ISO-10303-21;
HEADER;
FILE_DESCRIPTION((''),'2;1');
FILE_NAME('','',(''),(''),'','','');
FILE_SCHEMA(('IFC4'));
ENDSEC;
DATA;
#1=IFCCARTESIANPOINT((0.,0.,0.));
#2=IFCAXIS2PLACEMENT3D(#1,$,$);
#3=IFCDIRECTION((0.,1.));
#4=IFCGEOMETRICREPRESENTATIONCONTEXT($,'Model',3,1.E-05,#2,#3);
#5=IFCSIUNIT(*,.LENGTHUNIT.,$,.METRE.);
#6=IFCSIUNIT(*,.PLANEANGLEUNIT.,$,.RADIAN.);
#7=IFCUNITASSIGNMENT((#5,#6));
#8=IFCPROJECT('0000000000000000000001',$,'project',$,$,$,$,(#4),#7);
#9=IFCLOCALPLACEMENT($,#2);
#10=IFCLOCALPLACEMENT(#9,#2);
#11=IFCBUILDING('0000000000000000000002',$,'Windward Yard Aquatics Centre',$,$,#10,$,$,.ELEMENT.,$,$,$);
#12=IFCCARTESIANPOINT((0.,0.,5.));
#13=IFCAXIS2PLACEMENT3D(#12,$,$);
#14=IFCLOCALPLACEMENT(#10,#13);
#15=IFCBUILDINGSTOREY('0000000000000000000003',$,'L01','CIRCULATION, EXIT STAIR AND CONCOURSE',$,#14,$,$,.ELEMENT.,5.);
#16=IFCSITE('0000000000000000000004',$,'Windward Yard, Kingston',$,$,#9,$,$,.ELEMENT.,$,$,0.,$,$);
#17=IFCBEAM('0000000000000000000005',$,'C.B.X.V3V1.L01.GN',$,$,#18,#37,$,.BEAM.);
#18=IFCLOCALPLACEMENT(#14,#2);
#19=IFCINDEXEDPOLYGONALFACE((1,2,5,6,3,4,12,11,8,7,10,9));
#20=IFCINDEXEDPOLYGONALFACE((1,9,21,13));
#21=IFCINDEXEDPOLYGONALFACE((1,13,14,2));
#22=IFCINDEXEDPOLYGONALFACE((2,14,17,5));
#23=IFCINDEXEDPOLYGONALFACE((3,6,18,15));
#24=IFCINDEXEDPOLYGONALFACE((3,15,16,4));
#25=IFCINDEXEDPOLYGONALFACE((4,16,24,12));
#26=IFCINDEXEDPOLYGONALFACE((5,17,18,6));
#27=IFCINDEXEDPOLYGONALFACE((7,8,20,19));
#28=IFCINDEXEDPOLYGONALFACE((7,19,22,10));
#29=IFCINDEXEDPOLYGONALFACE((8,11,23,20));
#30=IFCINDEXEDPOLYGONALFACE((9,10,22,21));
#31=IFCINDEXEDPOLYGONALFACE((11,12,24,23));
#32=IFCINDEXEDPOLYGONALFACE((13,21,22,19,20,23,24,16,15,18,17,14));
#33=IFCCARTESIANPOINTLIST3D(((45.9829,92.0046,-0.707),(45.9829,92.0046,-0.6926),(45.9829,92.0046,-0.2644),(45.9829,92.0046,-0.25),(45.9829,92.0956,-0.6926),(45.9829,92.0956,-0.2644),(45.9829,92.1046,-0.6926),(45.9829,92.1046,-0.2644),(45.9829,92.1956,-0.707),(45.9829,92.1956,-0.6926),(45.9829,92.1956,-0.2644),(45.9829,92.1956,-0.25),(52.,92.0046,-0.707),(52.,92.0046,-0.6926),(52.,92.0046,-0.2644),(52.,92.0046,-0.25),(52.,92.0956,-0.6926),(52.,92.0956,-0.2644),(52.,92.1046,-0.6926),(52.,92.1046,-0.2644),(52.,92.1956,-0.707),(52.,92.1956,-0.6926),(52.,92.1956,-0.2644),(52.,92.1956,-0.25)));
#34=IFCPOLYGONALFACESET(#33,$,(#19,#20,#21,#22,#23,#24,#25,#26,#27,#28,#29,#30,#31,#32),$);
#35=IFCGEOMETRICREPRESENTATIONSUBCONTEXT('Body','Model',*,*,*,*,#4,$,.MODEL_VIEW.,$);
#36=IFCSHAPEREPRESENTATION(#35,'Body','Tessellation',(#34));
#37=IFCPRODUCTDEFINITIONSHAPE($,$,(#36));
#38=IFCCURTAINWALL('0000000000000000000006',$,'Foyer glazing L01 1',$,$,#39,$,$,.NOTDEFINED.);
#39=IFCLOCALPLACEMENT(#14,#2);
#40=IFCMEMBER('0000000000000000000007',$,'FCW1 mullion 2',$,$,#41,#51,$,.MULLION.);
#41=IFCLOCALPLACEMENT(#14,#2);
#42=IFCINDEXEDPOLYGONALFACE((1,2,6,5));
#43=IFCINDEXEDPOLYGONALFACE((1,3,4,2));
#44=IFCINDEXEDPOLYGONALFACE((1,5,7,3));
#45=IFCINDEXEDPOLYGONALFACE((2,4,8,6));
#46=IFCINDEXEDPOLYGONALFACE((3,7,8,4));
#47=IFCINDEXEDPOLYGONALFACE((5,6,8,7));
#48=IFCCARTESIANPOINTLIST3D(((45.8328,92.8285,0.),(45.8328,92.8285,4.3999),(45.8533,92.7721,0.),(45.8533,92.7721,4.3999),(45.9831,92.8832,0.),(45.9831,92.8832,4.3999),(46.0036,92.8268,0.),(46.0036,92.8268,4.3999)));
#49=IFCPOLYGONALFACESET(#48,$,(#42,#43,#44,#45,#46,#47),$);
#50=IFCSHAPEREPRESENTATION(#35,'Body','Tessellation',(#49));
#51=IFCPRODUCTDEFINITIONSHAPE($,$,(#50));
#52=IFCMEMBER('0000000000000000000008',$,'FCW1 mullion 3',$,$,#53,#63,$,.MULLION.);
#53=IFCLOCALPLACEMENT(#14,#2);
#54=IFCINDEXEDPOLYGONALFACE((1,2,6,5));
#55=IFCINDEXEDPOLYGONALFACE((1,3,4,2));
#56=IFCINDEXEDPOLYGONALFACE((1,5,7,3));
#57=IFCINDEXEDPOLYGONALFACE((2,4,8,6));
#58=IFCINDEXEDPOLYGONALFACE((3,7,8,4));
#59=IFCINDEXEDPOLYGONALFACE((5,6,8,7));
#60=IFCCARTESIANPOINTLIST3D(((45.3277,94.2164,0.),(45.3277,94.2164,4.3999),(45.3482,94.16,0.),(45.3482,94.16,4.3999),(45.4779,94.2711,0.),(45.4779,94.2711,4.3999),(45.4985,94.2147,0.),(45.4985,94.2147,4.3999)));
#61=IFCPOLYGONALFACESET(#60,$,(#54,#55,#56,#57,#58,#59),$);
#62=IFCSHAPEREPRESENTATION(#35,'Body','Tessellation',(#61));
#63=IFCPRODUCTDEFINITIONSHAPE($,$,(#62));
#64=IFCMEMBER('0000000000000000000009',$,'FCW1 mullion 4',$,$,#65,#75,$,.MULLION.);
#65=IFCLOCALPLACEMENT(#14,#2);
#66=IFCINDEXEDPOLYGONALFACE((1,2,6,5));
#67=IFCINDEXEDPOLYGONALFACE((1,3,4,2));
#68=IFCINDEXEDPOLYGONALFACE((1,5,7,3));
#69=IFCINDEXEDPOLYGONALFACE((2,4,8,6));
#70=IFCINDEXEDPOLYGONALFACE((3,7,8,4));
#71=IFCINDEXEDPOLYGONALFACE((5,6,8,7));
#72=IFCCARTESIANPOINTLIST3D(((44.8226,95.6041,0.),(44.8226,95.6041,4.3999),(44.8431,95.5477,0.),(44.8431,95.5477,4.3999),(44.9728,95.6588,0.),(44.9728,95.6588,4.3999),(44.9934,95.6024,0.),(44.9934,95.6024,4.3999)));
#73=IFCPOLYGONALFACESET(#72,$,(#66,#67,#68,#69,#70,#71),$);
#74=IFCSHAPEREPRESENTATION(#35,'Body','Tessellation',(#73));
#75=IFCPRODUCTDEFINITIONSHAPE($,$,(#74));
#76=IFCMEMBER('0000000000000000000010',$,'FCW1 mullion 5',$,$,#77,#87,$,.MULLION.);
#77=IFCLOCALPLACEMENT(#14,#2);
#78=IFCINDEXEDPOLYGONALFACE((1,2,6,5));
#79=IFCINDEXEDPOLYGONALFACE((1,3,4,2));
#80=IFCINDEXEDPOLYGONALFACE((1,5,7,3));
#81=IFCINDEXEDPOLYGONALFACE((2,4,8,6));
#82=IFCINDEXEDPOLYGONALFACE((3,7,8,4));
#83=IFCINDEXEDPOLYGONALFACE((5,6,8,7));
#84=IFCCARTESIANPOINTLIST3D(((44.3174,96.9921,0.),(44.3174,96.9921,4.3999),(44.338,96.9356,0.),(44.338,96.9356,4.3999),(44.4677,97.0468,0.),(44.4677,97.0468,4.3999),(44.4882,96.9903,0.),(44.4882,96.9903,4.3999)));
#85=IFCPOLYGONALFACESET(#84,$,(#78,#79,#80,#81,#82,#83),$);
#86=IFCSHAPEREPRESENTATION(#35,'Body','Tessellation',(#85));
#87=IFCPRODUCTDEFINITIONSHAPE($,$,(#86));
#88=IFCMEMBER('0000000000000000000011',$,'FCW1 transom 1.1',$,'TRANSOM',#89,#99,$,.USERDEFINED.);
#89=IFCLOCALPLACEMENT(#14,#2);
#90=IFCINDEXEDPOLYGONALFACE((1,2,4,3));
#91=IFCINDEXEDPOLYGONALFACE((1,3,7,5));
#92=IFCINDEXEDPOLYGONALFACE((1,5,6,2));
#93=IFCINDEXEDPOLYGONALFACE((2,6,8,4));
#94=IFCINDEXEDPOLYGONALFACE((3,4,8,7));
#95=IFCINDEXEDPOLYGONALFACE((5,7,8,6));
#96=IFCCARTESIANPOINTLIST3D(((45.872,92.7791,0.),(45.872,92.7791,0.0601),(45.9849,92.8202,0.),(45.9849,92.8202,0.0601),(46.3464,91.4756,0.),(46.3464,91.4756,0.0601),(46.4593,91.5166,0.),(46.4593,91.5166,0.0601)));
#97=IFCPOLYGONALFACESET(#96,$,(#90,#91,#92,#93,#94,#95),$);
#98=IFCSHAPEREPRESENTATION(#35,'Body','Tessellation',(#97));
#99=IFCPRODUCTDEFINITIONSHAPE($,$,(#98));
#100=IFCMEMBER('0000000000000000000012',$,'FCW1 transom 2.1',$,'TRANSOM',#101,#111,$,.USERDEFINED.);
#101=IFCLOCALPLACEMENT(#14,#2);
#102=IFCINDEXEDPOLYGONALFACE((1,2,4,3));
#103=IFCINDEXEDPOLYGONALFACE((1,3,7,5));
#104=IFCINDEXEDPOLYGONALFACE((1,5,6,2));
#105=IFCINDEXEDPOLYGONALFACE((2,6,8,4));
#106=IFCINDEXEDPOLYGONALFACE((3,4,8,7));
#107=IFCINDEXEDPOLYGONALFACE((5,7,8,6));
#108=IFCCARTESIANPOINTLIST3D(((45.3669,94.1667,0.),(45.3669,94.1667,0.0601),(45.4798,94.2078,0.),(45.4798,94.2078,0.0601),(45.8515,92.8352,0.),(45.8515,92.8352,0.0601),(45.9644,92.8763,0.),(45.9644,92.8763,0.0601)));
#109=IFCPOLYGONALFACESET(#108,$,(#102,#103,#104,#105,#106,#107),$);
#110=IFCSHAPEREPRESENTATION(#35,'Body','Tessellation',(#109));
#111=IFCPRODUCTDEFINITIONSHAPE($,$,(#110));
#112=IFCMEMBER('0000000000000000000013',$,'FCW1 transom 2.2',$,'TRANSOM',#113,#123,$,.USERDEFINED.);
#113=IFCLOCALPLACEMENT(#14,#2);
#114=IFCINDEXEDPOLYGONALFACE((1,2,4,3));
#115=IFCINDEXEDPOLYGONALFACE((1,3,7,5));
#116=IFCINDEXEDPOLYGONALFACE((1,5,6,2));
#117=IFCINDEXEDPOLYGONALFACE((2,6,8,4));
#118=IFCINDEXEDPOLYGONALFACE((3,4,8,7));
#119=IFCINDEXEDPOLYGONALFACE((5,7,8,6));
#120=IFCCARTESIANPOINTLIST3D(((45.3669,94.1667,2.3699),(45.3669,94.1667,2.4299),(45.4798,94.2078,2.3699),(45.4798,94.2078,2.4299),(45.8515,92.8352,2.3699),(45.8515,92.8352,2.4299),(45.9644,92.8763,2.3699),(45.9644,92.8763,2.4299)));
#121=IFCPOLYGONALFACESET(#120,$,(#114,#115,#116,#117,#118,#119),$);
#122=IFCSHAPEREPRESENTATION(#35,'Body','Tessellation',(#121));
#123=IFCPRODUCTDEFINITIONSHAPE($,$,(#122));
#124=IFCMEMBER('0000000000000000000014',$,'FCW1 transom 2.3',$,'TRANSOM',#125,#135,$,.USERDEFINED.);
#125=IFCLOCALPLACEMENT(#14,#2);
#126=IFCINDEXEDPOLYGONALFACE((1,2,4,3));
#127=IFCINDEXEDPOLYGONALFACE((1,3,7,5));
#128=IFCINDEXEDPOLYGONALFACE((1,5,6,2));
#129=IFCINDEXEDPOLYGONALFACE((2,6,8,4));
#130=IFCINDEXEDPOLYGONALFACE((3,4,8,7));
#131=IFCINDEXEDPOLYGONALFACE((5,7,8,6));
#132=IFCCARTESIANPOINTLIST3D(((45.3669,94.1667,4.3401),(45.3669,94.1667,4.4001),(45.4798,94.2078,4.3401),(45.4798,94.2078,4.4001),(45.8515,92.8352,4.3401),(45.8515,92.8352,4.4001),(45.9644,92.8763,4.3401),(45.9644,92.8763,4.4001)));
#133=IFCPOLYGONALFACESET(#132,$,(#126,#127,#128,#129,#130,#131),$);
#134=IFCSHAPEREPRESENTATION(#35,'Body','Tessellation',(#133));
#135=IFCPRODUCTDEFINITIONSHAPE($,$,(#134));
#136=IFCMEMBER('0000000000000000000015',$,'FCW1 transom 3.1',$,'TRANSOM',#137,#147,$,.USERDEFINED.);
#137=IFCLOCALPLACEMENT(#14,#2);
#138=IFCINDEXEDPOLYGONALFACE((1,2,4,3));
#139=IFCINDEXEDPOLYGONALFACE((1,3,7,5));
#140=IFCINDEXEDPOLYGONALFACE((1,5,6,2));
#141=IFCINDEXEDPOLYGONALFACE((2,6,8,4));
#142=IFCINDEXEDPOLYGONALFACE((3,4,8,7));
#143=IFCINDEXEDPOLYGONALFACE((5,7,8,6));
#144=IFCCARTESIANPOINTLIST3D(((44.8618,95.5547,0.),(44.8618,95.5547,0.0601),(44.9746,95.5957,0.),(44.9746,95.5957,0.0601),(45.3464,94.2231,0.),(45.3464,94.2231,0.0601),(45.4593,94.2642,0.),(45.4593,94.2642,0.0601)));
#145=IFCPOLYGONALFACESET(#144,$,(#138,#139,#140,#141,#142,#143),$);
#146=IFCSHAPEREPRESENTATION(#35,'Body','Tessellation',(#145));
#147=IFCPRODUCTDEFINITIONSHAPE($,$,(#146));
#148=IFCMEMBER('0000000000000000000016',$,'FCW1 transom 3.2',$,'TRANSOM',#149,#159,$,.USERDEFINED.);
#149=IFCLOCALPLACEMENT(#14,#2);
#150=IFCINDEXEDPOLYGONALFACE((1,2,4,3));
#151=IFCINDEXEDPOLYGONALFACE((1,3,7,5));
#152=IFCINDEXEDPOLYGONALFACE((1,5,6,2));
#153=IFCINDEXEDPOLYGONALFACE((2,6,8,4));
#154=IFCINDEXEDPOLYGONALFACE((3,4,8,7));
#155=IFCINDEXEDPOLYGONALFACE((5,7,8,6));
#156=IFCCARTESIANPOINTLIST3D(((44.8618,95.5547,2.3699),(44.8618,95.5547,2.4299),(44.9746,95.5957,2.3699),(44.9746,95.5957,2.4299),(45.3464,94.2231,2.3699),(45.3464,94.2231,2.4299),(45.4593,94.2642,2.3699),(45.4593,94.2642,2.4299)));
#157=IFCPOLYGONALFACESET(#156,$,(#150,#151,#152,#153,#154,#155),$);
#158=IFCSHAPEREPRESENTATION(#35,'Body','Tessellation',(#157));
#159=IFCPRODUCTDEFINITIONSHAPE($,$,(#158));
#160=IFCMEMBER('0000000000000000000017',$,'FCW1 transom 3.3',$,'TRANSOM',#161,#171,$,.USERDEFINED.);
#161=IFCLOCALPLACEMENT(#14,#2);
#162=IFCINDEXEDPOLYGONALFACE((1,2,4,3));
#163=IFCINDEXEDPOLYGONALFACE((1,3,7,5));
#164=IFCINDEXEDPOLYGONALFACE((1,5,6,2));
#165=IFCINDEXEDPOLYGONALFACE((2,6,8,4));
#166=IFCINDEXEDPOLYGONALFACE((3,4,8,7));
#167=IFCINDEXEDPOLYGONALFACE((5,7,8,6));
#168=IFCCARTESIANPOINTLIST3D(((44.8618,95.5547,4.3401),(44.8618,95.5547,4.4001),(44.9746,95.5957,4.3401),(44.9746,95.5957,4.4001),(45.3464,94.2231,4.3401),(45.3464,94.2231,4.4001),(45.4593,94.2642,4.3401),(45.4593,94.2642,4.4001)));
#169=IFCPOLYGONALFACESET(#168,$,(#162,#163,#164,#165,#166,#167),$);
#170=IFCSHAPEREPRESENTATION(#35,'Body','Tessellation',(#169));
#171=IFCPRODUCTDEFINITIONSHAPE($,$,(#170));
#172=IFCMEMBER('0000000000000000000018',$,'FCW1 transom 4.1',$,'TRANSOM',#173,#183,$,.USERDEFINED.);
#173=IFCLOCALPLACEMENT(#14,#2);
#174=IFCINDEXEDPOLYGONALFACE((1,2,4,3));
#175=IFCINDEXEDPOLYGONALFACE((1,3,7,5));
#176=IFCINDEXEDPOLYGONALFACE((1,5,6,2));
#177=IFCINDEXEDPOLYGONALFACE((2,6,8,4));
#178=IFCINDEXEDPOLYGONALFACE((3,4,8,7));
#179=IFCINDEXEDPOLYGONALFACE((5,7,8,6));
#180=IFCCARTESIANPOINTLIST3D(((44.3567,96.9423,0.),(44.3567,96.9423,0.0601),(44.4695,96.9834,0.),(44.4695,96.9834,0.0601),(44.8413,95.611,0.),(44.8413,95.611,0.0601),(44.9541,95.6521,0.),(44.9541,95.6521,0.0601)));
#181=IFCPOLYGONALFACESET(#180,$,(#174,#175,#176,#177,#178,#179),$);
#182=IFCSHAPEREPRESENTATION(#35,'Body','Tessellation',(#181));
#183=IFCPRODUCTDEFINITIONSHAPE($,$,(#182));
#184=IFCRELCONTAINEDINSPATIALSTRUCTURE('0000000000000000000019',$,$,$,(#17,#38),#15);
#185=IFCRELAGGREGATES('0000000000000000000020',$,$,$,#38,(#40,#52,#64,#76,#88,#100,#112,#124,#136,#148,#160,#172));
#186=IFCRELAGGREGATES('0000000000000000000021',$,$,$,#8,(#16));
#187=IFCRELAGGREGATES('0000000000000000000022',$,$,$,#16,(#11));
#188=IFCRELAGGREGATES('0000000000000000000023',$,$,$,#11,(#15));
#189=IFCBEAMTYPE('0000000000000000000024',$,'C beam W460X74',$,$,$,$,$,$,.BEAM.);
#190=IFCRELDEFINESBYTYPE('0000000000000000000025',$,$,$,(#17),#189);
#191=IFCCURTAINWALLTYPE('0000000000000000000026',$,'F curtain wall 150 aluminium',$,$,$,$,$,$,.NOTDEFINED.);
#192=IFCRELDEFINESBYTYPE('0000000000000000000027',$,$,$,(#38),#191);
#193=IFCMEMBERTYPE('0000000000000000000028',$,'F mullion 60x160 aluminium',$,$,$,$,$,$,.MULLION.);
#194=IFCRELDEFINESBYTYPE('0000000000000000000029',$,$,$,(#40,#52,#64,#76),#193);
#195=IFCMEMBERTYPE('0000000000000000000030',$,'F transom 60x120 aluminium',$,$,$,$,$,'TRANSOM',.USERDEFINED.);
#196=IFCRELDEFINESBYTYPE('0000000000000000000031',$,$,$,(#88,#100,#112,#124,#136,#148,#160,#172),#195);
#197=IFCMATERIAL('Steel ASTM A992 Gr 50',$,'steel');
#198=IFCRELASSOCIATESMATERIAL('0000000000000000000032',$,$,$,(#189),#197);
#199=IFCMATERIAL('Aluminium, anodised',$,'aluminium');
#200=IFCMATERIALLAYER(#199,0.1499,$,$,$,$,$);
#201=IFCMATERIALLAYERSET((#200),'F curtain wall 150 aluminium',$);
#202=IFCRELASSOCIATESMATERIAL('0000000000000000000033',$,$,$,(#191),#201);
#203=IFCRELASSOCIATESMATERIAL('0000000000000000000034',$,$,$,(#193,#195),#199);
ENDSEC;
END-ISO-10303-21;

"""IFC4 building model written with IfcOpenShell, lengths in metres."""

from ifc_helpers import new_model, si_unit, direction, frame, origin, origin_2d, place, context, subcontext, project, spatial, rectangle, i_section, extrude, material, layer, layer_set, material_profile, profile_set, type_object, element, aggregate, save


model = new_model("IFC4")

# Units and contexts
model_context = context("Model", 3, precision=1e-05, world=origin(), true_north=direction((0.0, 1.0)))
body_context = subcontext(model_context, "Body", "Model", "MODEL_VIEW")
ifc_project = project(units=[si_unit("LENGTHUNIT", "METRE"), si_unit("PLANEANGLEUNIT", "RADIAN")], contexts=[model_context])

# Site, building, storey
site_placement = place(None, origin())
site = spatial("IfcSite", under=ifc_project, at=site_placement, Name="Windward Yard, Kingston", CompositionType="ELEMENT", RefElevation=0.0)
building_placement = place(site_placement, origin())
building = spatial("IfcBuilding", under=site, at=building_placement, Name="Windward Yard Aquatics Centre", CompositionType="ELEMENT")
storey_placement = place(building_placement, frame((0.0, 0.0, 5.0)))
storey = spatial("IfcBuildingStorey", under=building, at=storey_placement, Name="L01", Description="CIRCULATION, EXIT STAIR AND CONCOURSE", CompositionType="ELEMENT", Elevation=5.0)

# Beam
ifc_material_1 = material(Name="Steel ASTM A992 Gr 50", Category="steel")
ifc_material_profile_1 = material_profile(ifc_material_1, i_section(OverallWidth=0.1909, OverallDepth=0.457, WebThickness=0.009, FlangeThickness=0.0144, at=origin_2d()), Name="W460X74")
ifc_profile_set_1 = profile_set([ifc_material_profile_1], Name="Steel ASTM A992 Gr 50")
beam_type = type_object("IfcBeamType", Name="C beam W460X74", PredefinedType="BEAM", material=ifc_profile_set_1)
beam_placement = place(storey_placement, frame((45.9829, 92.1001, -0.4785), z_axis=(1.0, 0.0, 0.0), x_axis=(0.0, 1.0, 0.0)))
element("IfcBeam", 1, at=beam_placement, inside=storey, type_object=beam_type, Name="C.B.X.V3V1.L01.GN", PredefinedType="BEAM", context=body_context, shape_type="SweptSolid", body=[
    extrude(i_section(OverallWidth=0.1909, OverallDepth=0.457, WebThickness=0.009, FlangeThickness=0.0144, at=origin_2d()), origin(), (0.0, 0.0, 1.0), 6.0171),
])

# Curtain wall, members
ifc_material_2 = material(Name="Aluminium, anodised", Category="aluminium")
ifc_layer_1 = layer(ifc_material_2, 0.1499)
ifc_layer_set_1 = layer_set([ifc_layer_1], Name="F curtain wall 150 aluminium")
curtain_wall_type = type_object("IfcCurtainWallType", Name="F curtain wall 150 aluminium", PredefinedType="NOTDEFINED", material=ifc_layer_set_1)
curtain_wall_placement = place(storey_placement, origin())
curtain_wall = element("IfcCurtainWall", 2, at=curtain_wall_placement, inside=storey, type_object=curtain_wall_type, Name="Foyer glazing L01 1", PredefinedType="NOTDEFINED")
ifc_material_profile_2 = material_profile(ifc_material_2, rectangle(XDim=0.1599, YDim=0.0601, at=origin_2d()), Name="MULLION 60x160")
ifc_profile_set_2 = profile_set([ifc_material_profile_2], Name="Aluminium, anodised")
member_type_1 = type_object("IfcMemberType", Name="F mullion 60x160 aluminium", PredefinedType="MULLION", material=ifc_profile_set_2)
member_1_placement = place(storey_placement, frame((45.9182, 92.8276, 0.0), z_axis=(0.0, 0.0, 1.0), x_axis=(-0.939691, -0.342025, 0.0)))
member_1 = element("IfcMember", 3, at=member_1_placement, type_object=member_type_1, Name="FCW1 mullion 2", PredefinedType="MULLION", context=body_context, shape_type="SweptSolid", body=[
    extrude(rectangle(XDim=0.1599, YDim=0.0601, at=origin_2d()), origin(), (0.0, 0.0, 1.0), 4.3999),
])
member_2_placement = place(storey_placement, frame((45.4131, 94.2156, 0.0), z_axis=(0.0, 0.0, 1.0), x_axis=(-0.939691, -0.342025, 0.0)))
member_2 = element("IfcMember", 4, at=member_2_placement, type_object=member_type_1, Name="FCW1 mullion 3", PredefinedType="MULLION", context=body_context, shape_type="SweptSolid", body=[
    extrude(rectangle(XDim=0.1599, YDim=0.0601, at=origin_2d()), origin(), (0.0, 0.0, 1.0), 4.3999),
])
member_3_placement = place(storey_placement, frame((44.908, 95.6033, 0.0), z_axis=(0.0, 0.0, 1.0), x_axis=(-0.939691, -0.342025, 0.0)))
member_3 = element("IfcMember", 5, at=member_3_placement, type_object=member_type_1, Name="FCW1 mullion 4", PredefinedType="MULLION", context=body_context, shape_type="SweptSolid", body=[
    extrude(rectangle(XDim=0.1599, YDim=0.0601, at=origin_2d()), origin(), (0.0, 0.0, 1.0), 4.3999),
])
member_4_placement = place(storey_placement, frame((44.4028, 96.9912, 0.0), z_axis=(0.0, 0.0, 1.0), x_axis=(-0.939691, -0.342025, 0.0)))
member_4 = element("IfcMember", 6, at=member_4_placement, type_object=member_type_1, Name="FCW1 mullion 5", PredefinedType="MULLION", context=body_context, shape_type="SweptSolid", body=[
    extrude(rectangle(XDim=0.1599, YDim=0.0601, at=origin_2d()), origin(), (0.0, 0.0, 1.0), 4.3999),
])
ifc_material_profile_3 = material_profile(ifc_material_2, rectangle(XDim=0.1201, YDim=0.0601, at=origin_2d()), Name="TRANSOM 60x120")
ifc_profile_set_3 = profile_set([ifc_material_profile_3], Name="Aluminium, anodised")
member_type_2 = type_object("IfcMemberType", Name="F transom 60x120 aluminium", ElementType="TRANSOM", PredefinedType="USERDEFINED", material=ifc_profile_set_3)
member_5_placement = place(storey_placement, frame((46.4028, 91.4961, 0.03), z_axis=(-0.341983, 0.939706, 0.0), x_axis=(-0.939706, -0.341983, 0.0)))
member_5 = element("IfcMember", 7, at=member_5_placement, type_object=member_type_2, Name="FCW1 transom 1.1", ObjectType="TRANSOM", PredefinedType="USERDEFINED", context=body_context, shape_type="SweptSolid", body=[
    extrude(rectangle(XDim=0.1201, YDim=0.0601, at=origin_2d()), origin(), (0.0, 0.0, 1.0), 1.3872),
])
member_6_placement = place(storey_placement, frame((45.908, 92.8557, 0.03), z_axis=(-0.342006, 0.939698, 0.0), x_axis=(-0.939698, -0.342006, 0.0)))
member_6 = element("IfcMember", 8, at=member_6_placement, type_object=member_type_2, Name="FCW1 transom 2.1", ObjectType="TRANSOM", PredefinedType="USERDEFINED", context=body_context, shape_type="SweptSolid", body=[
    extrude(rectangle(XDim=0.1201, YDim=0.0601, at=origin_2d()), origin(), (0.0, 0.0, 1.0), 1.417),
])
member_7_placement = place(storey_placement, frame((45.908, 92.8557, 2.3999), z_axis=(-0.342006, 0.939698, 0.0), x_axis=(-0.939698, -0.342006, 0.0)))
member_7 = element("IfcMember", 9, at=member_7_placement, type_object=member_type_2, Name="FCW1 transom 2.2", ObjectType="TRANSOM", PredefinedType="USERDEFINED", context=body_context, shape_type="SweptSolid", body=[
    extrude(rectangle(XDim=0.1201, YDim=0.0601, at=origin_2d()), origin(), (0.0, 0.0, 1.0), 1.417),
])
member_8_placement = place(storey_placement, frame((45.908, 92.8557, 4.3701), z_axis=(-0.342006, 0.939698, 0.0), x_axis=(-0.939698, -0.342006, 0.0)))
member_8 = element("IfcMember", 10, at=member_8_placement, type_object=member_type_2, Name="FCW1 transom 2.3", ObjectType="TRANSOM", PredefinedType="USERDEFINED", context=body_context, shape_type="SweptSolid", body=[
    extrude(rectangle(XDim=0.1201, YDim=0.0601, at=origin_2d()), origin(), (0.0, 0.0, 1.0), 1.417),
])
member_9_placement = place(storey_placement, frame((45.4028, 94.2437, 0.03), z_axis=(-0.342006, 0.939698, 0.0), x_axis=(-0.939698, -0.342006, 0.0)))
member_9 = element("IfcMember", 11, at=member_9_placement, type_object=member_type_2, Name="FCW1 transom 3.1", ObjectType="TRANSOM", PredefinedType="USERDEFINED", context=body_context, shape_type="SweptSolid", body=[
    extrude(rectangle(XDim=0.1201, YDim=0.0601, at=origin_2d()), origin(), (0.0, 0.0, 1.0), 1.417),
])
member_10_placement = place(storey_placement, frame((45.4028, 94.2437, 2.3999), z_axis=(-0.342006, 0.939698, 0.0), x_axis=(-0.939698, -0.342006, 0.0)))
member_10 = element("IfcMember", 12, at=member_10_placement, type_object=member_type_2, Name="FCW1 transom 3.2", ObjectType="TRANSOM", PredefinedType="USERDEFINED", context=body_context, shape_type="SweptSolid", body=[
    extrude(rectangle(XDim=0.1201, YDim=0.0601, at=origin_2d()), origin(), (0.0, 0.0, 1.0), 1.417),
])
member_11_placement = place(storey_placement, frame((45.4028, 94.2437, 4.3701), z_axis=(-0.342006, 0.939698, 0.0), x_axis=(-0.939698, -0.342006, 0.0)))
member_11 = element("IfcMember", 13, at=member_11_placement, type_object=member_type_2, Name="FCW1 transom 3.3", ObjectType="TRANSOM", PredefinedType="USERDEFINED", context=body_context, shape_type="SweptSolid", body=[
    extrude(rectangle(XDim=0.1201, YDim=0.0601, at=origin_2d()), origin(), (0.0, 0.0, 1.0), 1.417),
])
member_12_placement = place(storey_placement, frame((44.8977, 95.6316, 0.03), z_axis=(-0.342061, 0.939678, 0.0), x_axis=(-0.939678, -0.342061, 0.0)))
member_12 = element("IfcMember", 14, at=member_12_placement, type_object=member_type_2, Name="FCW1 transom 4.1", ObjectType="TRANSOM", PredefinedType="USERDEFINED", context=body_context, shape_type="SweptSolid", body=[
    extrude(rectangle(XDim=0.1201, YDim=0.0601, at=origin_2d()), origin(), (0.0, 0.0, 1.0), 1.4167),
])
aggregate(curtain_wall, [member_1, member_2, member_3, member_4, member_5, member_6, member_7, member_8, member_9, member_10, member_11, member_12])

save(model, "model.ifc")
